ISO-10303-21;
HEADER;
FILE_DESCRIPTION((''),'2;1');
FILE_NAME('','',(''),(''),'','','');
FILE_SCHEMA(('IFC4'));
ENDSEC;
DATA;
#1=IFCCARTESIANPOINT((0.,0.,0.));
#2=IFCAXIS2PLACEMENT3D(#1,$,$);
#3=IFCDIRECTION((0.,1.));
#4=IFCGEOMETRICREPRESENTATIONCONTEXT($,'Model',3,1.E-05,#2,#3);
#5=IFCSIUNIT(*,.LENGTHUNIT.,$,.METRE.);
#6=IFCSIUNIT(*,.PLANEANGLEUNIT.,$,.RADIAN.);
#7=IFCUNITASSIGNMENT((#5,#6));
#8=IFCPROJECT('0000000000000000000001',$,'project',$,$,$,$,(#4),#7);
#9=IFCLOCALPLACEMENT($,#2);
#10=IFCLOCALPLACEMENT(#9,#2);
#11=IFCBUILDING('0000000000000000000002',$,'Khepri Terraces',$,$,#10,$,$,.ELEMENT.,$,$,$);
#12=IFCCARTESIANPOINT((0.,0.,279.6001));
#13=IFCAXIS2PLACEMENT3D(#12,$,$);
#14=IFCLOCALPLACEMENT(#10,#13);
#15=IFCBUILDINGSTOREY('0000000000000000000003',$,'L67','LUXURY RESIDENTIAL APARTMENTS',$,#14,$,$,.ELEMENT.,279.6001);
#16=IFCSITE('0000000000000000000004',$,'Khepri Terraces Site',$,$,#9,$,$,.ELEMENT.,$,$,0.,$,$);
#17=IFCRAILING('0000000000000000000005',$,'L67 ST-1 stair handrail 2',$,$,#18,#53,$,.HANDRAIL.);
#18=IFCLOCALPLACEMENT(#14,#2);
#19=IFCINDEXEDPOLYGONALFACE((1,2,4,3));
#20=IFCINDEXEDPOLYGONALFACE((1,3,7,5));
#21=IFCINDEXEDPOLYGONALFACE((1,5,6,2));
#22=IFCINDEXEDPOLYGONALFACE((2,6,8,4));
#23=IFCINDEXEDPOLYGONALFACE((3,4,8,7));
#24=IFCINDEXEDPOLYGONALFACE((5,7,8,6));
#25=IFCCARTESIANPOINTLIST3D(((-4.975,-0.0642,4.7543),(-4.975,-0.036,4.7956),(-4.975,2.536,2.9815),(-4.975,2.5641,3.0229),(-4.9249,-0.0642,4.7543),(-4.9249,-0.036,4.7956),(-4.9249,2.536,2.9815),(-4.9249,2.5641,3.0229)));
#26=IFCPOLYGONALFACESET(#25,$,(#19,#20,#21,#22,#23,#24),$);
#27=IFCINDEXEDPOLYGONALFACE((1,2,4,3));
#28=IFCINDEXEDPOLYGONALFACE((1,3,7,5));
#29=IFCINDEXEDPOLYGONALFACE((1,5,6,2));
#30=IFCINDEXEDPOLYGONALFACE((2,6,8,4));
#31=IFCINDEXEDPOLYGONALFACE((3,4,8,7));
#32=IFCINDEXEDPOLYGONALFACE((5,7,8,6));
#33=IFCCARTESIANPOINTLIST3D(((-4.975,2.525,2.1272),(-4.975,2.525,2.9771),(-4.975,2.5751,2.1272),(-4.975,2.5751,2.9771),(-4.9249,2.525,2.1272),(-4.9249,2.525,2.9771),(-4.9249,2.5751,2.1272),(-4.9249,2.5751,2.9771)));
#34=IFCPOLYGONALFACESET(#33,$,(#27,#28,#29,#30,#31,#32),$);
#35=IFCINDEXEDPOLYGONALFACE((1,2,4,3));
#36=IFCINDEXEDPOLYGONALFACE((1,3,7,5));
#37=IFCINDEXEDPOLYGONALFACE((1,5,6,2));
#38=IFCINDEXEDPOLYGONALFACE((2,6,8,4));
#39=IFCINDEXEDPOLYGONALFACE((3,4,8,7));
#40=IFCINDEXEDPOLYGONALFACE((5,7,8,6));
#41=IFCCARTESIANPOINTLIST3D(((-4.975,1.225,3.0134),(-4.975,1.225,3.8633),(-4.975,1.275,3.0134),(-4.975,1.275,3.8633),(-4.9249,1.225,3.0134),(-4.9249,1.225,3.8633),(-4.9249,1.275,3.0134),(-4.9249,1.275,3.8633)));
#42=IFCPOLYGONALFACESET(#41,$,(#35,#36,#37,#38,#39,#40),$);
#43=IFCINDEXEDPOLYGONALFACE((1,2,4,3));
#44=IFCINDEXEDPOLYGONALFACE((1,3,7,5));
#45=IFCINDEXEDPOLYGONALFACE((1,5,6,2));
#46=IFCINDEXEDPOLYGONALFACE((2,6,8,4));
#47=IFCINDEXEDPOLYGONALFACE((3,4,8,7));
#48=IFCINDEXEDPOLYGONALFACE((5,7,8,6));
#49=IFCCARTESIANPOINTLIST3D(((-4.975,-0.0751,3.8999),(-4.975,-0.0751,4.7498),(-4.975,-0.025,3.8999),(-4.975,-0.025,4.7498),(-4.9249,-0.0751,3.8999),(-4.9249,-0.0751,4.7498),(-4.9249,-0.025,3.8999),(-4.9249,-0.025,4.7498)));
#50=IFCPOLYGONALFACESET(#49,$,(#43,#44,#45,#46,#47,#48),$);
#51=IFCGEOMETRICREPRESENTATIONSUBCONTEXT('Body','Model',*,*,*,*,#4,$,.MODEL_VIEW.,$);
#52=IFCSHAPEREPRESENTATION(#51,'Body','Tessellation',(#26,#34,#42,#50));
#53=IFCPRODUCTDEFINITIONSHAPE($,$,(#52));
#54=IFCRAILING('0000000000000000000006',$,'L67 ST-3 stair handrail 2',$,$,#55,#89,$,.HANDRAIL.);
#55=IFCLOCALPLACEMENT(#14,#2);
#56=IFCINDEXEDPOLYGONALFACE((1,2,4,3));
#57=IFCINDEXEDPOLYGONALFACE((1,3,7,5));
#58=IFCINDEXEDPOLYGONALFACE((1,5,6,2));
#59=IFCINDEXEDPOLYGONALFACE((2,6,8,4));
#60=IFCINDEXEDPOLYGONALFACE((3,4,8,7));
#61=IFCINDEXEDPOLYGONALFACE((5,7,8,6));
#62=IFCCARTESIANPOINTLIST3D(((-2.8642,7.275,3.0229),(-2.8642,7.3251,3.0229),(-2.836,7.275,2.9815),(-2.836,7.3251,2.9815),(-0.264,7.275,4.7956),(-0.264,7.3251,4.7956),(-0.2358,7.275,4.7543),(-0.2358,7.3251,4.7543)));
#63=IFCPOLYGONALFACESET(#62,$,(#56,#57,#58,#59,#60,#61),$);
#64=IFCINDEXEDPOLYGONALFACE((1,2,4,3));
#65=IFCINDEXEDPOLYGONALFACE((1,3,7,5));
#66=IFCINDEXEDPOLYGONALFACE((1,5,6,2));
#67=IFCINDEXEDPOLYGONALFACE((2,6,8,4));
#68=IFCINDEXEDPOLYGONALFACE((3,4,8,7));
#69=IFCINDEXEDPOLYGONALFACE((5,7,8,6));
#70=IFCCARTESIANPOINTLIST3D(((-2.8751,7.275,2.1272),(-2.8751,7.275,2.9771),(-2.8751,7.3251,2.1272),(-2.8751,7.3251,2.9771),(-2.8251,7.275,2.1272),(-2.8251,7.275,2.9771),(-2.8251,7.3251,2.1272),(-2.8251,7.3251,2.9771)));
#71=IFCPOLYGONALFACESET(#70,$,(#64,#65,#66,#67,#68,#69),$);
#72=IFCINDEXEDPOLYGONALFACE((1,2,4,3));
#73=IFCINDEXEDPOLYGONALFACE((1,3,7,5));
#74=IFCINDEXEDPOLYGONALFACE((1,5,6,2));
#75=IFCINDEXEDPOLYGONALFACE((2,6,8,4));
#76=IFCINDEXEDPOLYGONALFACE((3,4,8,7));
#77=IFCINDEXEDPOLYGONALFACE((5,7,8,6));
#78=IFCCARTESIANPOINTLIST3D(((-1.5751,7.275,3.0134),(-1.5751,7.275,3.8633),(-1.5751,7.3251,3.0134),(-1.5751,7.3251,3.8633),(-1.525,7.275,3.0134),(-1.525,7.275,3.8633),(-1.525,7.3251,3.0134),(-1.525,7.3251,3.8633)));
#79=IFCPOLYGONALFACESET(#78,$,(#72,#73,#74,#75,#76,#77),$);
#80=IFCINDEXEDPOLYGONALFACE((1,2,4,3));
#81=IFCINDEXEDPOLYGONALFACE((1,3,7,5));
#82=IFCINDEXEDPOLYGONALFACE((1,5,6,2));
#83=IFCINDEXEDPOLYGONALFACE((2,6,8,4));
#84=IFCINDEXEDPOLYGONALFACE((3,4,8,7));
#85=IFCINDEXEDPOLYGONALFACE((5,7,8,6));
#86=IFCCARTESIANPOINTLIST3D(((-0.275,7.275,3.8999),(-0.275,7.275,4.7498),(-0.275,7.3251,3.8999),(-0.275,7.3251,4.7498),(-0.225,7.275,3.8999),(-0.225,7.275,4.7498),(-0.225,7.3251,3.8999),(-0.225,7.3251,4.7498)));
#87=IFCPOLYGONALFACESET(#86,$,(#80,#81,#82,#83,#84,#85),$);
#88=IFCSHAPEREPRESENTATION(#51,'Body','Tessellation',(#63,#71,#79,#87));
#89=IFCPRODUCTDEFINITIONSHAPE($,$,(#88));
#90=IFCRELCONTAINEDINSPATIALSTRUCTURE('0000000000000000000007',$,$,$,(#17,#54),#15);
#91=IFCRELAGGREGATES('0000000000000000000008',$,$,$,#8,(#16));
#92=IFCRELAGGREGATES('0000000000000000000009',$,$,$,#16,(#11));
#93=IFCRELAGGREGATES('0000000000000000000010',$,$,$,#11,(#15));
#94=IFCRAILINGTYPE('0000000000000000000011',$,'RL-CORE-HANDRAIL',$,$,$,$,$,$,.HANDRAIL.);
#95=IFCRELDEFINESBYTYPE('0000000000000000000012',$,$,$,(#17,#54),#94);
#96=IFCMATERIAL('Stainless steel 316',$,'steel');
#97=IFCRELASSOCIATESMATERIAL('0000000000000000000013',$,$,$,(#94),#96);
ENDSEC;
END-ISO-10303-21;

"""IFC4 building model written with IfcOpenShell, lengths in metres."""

from ifc_helpers import new_model, si_unit, direction, frame, origin, origin_2d, place, context, subcontext, project, spatial, rectangle, extrude, material, type_object, element, save


model = new_model("IFC4")

# Units and contexts
model_context = context("Model", 3, precision=1e-05, world=origin(), true_north=direction((0.0, 1.0)))
body_context = subcontext(model_context, "Body", "Model", "MODEL_VIEW")
ifc_project = project(units=[si_unit("LENGTHUNIT", "METRE"), si_unit("PLANEANGLEUNIT", "RADIAN")], contexts=[model_context])

# Site, building, storey
site_placement = place(None, origin())
site = spatial("IfcSite", under=ifc_project, at=site_placement, Name="Khepri Terraces Site", CompositionType="ELEMENT", RefElevation=0.0)
building_placement = place(site_placement, origin())
building = spatial("IfcBuilding", under=site, at=building_placement, Name="Khepri Terraces", CompositionType="ELEMENT")
storey_placement = place(building_placement, frame((0.0, 0.0, 279.6001)))
storey = spatial("IfcBuildingStorey", under=building, at=storey_placement, Name="L67", Description="LUXURY RESIDENTIAL APARTMENTS", CompositionType="ELEMENT", Elevation=279.6001)

# Railings
ifc_material_1 = material(Name="Stainless steel 316", Category="steel")
railing_type_1 = type_object("IfcRailingType", Name="RL-CORE-HANDRAIL", PredefinedType="HANDRAIL", material=ifc_material_1)
railing_1_placement = place(storey_placement, frame((-4.95, 2.55, 2.1272)))
element("IfcRailing", 1, at=railing_1_placement, inside=storey, type_object=railing_type_1, Name="L67 ST-1 stair handrail 2", PredefinedType="HANDRAIL", context=body_context, shape_type="SweptSolid", body=[
    extrude(rectangle(XDim=0.05, YDim=0.05, at=origin_2d()), frame((0.0, 0.0, 0.875), z_axis=(0.0, -0.82624, 0.563318), x_axis=(1.0, 0.0, 0.0)), (0.0, 0.0, 1.0), 3.147),
    extrude(rectangle(XDim=0.05, YDim=0.05, at=origin_2d()), origin(), (0.0, 0.0, 1.0), 0.8499),
    extrude(rectangle(XDim=0.05, YDim=0.05, at=origin_2d()), frame((0.0, -1.3, 0.8862)), (0.0, 0.0, 1.0), 0.8499),
    extrude(rectangle(XDim=0.05, YDim=0.05, at=origin_2d()), frame((0.0, -2.6001, 1.7727)), (0.0, 0.0, 1.0), 0.8499),
])
railing_2_placement = place(storey_placement, frame((-2.8501, 7.3, 2.1272)))
element("IfcRailing", 2, at=railing_2_placement, inside=storey, type_object=railing_type_1, Name="L67 ST-3 stair handrail 2", PredefinedType="HANDRAIL", context=body_context, shape_type="SweptSolid", body=[
    extrude(rectangle(XDim=0.05, YDim=0.05, at=origin_2d()), frame((0.0, 0.0, 0.875), z_axis=(0.82624, 0.0, 0.563318), x_axis=(0.0, 1.0, 0.0)), (0.0, 0.0, 1.0), 3.147),
    extrude(rectangle(XDim=0.05, YDim=0.05, at=origin_2d()), origin(), (0.0, 0.0, 1.0), 0.8499),
    extrude(rectangle(XDim=0.05, YDim=0.05, at=origin_2d()), frame((1.3, 0.0, 0.8862)), (0.0, 0.0, 1.0), 0.8499),
    extrude(rectangle(XDim=0.05, YDim=0.05, at=origin_2d()), frame((2.6001, 0.0, 1.7727)), (0.0, 0.0, 1.0), 0.8499),
])

save(model, "model.ifc")
